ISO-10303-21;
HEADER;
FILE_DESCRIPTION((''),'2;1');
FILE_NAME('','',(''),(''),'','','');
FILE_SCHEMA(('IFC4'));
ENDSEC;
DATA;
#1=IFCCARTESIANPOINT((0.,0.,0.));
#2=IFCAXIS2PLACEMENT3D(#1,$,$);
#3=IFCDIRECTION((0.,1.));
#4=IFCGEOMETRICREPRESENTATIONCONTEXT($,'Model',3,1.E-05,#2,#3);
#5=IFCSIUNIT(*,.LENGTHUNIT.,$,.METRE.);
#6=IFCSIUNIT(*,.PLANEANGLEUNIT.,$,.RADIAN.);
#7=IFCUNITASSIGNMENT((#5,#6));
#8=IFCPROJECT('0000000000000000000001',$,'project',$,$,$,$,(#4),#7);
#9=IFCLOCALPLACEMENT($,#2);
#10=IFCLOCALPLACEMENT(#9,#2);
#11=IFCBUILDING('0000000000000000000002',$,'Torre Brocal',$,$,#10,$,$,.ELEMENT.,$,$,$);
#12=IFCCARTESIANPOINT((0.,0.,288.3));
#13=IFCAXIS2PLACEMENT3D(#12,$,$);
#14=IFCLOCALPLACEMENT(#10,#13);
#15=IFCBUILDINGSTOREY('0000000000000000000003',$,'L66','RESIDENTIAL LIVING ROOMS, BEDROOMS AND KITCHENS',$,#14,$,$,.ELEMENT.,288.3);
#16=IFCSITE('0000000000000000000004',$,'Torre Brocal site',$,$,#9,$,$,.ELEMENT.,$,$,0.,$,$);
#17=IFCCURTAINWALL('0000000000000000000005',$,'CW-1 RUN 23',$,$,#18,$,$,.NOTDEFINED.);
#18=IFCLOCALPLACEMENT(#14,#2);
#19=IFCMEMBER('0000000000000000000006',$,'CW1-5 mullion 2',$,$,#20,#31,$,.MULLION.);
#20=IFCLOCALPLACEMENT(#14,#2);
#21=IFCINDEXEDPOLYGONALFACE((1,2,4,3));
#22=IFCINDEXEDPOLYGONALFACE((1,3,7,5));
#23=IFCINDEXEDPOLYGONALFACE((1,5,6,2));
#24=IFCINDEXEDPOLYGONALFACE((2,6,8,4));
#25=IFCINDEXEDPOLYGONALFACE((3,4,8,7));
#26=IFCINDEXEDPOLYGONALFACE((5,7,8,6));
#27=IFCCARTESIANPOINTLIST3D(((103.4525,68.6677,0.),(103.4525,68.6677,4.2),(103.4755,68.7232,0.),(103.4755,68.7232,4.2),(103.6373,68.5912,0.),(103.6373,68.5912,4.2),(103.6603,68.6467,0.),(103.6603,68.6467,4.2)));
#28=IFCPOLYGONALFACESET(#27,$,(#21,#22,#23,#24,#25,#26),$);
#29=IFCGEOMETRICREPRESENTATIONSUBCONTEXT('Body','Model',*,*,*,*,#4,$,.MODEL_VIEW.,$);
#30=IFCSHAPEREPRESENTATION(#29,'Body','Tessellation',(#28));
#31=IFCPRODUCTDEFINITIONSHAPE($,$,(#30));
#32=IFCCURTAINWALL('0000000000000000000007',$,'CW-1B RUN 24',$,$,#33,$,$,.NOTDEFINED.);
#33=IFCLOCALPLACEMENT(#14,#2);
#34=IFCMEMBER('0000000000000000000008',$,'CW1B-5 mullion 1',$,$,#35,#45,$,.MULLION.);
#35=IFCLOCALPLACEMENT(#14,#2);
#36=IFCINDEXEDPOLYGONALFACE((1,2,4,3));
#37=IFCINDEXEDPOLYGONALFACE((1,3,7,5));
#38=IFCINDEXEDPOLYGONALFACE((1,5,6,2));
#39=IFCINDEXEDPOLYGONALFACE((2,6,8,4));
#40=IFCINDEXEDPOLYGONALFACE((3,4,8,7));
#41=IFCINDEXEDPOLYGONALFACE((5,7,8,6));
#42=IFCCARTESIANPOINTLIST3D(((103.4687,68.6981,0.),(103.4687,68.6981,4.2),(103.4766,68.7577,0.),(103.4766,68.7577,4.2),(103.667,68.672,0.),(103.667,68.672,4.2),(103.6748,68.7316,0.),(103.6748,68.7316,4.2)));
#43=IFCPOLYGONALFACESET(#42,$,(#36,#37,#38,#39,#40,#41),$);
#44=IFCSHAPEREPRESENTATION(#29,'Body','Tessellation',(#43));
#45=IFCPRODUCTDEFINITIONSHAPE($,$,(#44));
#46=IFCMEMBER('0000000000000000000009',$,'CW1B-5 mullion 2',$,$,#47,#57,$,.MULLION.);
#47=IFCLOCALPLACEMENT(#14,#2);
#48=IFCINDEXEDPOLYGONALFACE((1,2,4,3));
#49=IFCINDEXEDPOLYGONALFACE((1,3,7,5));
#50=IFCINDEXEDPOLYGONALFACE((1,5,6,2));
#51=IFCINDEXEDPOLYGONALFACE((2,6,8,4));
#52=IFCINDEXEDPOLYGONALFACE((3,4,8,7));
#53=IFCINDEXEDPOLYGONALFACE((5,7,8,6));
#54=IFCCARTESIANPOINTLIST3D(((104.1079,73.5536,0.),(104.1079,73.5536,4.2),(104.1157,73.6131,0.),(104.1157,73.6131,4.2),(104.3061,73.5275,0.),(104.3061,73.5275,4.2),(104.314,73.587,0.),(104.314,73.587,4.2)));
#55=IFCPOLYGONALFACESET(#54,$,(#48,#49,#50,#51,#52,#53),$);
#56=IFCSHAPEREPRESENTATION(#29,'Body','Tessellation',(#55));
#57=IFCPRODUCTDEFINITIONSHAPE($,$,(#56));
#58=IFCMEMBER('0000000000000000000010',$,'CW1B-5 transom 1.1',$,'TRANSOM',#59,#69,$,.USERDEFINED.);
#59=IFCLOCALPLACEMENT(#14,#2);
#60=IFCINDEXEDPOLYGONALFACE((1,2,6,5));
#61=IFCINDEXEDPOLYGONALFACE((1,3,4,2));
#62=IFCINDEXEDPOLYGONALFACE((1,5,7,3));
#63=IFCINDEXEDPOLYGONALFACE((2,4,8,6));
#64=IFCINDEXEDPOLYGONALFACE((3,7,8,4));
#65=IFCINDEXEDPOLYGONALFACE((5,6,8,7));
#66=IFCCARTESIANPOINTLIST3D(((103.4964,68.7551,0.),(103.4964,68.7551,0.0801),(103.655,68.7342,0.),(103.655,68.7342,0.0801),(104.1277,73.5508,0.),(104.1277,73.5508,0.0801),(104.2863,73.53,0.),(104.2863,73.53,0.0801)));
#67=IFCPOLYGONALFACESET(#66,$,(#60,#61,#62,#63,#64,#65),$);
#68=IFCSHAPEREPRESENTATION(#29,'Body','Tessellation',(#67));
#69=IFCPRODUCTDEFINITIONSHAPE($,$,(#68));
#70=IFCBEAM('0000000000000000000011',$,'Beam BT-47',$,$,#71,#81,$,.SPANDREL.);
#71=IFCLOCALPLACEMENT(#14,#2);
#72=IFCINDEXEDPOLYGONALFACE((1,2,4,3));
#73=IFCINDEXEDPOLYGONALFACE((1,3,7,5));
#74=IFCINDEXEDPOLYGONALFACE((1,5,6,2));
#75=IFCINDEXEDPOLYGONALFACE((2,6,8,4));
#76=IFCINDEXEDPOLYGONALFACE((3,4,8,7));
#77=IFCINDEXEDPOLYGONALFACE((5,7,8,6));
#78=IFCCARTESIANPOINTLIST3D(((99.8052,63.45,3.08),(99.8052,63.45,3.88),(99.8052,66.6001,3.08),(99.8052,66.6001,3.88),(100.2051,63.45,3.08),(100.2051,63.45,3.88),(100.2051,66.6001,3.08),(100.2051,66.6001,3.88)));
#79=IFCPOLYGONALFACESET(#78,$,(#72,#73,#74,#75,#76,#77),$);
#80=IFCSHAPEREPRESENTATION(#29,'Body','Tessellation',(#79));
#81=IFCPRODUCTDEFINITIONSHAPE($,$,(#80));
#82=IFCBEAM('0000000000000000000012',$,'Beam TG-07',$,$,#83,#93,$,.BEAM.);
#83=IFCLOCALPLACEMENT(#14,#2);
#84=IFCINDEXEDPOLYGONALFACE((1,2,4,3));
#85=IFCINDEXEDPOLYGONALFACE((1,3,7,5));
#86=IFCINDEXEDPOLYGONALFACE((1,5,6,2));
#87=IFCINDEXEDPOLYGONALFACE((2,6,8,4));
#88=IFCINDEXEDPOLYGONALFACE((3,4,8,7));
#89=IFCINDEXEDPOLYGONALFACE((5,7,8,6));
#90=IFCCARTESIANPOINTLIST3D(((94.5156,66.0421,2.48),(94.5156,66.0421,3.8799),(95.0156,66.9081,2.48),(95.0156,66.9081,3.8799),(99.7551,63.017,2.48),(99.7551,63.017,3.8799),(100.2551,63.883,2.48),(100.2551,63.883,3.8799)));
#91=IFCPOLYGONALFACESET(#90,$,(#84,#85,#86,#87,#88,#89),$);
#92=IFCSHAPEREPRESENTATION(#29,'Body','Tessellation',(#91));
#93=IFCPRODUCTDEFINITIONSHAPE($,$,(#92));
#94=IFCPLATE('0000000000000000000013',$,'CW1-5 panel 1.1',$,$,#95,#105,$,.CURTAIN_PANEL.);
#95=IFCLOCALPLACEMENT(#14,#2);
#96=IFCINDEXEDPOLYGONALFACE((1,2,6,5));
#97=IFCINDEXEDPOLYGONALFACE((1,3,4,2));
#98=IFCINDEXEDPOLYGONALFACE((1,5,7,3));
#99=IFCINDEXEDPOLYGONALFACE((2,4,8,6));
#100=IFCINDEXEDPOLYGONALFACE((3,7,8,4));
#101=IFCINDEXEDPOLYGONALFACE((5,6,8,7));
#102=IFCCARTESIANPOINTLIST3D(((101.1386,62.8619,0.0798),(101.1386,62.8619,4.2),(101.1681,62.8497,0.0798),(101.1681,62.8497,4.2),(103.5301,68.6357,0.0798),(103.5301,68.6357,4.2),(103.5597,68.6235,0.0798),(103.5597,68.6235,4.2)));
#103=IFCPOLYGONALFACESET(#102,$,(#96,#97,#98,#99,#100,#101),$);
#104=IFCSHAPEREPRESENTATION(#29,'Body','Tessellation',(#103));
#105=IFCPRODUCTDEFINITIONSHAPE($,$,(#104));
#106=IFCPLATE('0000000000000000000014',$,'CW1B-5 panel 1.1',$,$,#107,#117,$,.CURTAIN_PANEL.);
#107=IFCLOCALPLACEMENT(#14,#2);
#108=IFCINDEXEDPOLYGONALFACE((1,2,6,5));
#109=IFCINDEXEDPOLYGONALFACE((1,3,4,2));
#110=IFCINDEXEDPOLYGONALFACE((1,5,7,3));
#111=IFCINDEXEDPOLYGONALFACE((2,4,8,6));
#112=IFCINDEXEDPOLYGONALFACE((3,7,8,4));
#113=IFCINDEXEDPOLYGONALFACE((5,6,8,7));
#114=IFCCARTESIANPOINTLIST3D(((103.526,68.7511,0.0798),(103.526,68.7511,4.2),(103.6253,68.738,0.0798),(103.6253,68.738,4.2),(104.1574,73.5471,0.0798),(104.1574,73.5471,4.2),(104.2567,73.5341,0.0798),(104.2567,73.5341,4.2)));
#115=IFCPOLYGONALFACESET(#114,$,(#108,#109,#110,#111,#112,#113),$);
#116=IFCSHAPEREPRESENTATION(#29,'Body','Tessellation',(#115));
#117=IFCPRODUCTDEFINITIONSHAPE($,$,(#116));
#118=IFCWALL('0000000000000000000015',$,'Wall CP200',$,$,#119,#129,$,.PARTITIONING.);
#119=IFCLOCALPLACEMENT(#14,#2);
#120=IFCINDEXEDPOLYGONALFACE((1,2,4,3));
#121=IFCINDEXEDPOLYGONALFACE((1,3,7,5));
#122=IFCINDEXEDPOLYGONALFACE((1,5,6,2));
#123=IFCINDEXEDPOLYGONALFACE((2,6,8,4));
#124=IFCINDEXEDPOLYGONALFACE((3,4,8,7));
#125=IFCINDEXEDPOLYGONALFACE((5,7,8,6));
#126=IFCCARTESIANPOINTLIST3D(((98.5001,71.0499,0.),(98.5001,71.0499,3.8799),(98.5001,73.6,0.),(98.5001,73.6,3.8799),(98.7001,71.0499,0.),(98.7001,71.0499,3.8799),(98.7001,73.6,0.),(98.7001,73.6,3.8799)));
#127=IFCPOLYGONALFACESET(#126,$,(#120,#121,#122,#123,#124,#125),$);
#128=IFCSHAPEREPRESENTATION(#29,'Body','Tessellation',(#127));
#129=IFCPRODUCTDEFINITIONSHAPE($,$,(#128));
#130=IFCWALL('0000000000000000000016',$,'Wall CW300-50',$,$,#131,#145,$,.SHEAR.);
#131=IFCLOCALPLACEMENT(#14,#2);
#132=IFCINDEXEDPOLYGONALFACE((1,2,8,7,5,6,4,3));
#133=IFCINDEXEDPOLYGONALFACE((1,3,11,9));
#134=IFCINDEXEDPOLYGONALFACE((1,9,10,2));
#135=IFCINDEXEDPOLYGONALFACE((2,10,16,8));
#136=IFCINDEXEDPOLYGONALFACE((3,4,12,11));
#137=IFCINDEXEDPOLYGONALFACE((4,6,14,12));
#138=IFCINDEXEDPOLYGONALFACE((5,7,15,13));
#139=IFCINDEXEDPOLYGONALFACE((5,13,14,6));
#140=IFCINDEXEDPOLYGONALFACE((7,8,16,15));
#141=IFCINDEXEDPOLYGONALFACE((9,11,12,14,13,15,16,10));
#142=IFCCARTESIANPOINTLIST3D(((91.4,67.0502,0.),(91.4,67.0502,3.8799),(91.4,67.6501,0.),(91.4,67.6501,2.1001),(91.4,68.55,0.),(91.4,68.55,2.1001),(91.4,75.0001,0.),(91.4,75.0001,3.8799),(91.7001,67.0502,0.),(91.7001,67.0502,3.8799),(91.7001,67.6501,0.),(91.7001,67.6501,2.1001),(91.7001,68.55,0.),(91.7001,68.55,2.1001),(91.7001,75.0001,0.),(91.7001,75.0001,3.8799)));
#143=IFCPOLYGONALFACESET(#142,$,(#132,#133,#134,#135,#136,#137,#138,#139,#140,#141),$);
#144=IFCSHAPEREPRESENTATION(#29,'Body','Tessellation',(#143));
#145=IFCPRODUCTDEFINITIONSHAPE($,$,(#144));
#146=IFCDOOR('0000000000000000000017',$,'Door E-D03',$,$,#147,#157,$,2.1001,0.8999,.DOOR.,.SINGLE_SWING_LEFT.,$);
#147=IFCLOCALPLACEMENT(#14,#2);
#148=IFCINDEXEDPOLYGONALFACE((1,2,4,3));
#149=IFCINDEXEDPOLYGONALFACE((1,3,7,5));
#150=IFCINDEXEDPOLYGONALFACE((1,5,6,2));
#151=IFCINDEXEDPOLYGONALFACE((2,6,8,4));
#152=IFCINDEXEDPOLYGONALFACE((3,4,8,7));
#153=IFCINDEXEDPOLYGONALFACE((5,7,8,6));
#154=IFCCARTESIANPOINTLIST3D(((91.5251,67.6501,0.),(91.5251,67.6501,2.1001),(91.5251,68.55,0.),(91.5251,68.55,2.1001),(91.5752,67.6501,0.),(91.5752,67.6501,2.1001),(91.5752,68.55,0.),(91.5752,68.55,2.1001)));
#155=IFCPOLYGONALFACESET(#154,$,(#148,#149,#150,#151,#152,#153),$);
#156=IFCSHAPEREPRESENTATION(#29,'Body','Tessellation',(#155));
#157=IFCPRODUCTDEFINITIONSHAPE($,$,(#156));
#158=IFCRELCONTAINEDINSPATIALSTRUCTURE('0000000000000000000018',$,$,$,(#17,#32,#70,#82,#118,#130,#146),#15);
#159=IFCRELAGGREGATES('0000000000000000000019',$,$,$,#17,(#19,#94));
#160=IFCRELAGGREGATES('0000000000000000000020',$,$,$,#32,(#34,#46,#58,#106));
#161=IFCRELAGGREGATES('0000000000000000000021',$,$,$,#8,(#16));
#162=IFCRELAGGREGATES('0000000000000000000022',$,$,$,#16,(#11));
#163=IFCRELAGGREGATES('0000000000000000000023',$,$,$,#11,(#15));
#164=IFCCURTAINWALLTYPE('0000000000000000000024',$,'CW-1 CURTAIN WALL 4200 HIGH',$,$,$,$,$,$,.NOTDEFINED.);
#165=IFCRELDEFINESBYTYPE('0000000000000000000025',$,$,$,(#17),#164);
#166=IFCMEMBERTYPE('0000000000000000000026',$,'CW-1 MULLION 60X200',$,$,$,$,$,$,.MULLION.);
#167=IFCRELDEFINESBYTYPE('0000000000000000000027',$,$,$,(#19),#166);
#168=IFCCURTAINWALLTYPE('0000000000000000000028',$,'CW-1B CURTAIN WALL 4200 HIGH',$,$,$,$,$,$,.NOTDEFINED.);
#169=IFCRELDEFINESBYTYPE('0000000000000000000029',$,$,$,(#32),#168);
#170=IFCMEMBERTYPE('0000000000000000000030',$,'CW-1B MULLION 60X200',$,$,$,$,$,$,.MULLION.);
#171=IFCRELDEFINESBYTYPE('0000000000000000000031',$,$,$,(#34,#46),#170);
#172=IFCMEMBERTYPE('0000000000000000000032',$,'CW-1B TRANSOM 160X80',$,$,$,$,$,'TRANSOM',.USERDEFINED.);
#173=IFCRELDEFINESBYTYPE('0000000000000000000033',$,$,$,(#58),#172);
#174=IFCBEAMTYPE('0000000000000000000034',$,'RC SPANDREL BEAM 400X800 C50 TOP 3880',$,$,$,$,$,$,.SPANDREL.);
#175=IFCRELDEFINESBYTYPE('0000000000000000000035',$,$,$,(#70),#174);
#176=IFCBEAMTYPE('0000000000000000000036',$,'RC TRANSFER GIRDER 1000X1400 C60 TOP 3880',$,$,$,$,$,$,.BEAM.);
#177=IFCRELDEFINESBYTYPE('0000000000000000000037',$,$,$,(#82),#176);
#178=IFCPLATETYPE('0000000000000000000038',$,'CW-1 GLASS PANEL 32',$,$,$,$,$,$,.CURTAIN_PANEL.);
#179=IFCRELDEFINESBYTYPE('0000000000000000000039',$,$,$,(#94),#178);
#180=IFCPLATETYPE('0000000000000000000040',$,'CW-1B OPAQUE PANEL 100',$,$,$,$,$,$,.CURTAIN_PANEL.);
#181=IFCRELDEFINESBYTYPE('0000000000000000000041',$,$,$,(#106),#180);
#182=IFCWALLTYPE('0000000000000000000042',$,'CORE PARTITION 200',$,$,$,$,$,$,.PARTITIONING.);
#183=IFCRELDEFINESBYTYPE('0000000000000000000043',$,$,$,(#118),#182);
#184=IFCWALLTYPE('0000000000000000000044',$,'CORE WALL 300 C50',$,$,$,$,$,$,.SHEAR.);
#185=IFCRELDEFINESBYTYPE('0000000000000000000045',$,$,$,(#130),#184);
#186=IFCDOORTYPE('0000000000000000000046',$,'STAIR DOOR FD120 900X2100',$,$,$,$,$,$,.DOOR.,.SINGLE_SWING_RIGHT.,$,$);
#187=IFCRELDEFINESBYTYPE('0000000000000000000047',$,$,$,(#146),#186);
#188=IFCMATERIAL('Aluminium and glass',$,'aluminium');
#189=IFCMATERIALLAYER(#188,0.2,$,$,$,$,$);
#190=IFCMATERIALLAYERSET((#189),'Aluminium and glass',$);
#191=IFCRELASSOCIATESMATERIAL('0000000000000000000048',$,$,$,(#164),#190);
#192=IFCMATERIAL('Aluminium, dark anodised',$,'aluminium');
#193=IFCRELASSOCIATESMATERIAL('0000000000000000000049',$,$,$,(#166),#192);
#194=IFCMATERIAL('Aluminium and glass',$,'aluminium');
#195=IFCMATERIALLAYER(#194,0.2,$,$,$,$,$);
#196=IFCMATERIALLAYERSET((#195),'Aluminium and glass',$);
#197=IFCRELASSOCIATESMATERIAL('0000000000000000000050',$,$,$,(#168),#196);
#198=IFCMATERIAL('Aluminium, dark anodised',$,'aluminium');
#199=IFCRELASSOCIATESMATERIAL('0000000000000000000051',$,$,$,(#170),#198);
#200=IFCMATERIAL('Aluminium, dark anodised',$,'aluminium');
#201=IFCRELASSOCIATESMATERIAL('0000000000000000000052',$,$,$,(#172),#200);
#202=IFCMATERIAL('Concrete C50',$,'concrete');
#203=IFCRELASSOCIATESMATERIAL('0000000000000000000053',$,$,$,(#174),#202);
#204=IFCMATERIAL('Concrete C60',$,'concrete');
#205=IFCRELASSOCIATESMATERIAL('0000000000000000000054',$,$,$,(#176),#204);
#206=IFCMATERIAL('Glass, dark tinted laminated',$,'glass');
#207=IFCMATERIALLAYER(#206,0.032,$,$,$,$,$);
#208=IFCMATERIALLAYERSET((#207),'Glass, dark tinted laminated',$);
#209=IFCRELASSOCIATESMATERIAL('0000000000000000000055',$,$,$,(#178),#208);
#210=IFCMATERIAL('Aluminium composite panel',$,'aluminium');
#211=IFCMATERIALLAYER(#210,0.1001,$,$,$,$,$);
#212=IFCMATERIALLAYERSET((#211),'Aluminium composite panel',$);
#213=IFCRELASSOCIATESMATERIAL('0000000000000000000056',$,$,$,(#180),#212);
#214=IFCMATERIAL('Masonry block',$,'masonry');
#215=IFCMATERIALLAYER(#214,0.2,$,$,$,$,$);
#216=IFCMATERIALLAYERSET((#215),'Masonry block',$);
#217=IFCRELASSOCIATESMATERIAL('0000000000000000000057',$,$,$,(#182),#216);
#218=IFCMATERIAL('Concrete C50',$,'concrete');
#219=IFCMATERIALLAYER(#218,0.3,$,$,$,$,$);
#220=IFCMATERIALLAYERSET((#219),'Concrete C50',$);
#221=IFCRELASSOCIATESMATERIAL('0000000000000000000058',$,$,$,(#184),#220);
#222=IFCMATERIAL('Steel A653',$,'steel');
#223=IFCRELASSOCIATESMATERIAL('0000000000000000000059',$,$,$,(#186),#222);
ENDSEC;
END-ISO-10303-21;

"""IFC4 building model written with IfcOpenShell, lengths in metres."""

from ifc_helpers import new_model, si_unit, direction, frame, frame_2d, origin, origin_2d, place, context, subcontext, project, spatial, rectangle, extrude, material, layer, layer_set, material_profile, profile_set, type_object, element, fill, aggregate, save


model = new_model("IFC4")

# Units and contexts
model_context = context("Model", 3, precision=1e-05, world=origin(), true_north=direction((0.0, 1.0)))
body_context = subcontext(model_context, "Body", "Model", "MODEL_VIEW")
ifc_project = project(units=[si_unit("LENGTHUNIT", "METRE"), si_unit("PLANEANGLEUNIT", "RADIAN")], contexts=[model_context])

# Site, building, storey
site_placement = place(None, origin())
site = spatial("IfcSite", under=ifc_project, at=site_placement, Name="Torre Brocal site", CompositionType="ELEMENT", RefElevation=0.0)
building_placement = place(site_placement, origin())
building = spatial("IfcBuilding", under=site, at=building_placement, Name="Torre Brocal", CompositionType="ELEMENT")
storey_placement = place(building_placement, frame((0.0, 0.0, 288.3)))
storey = spatial("IfcBuildingStorey", under=building, at=storey_placement, Name="L66", Description="RESIDENTIAL LIVING ROOMS, BEDROOMS AND KITCHENS", CompositionType="ELEMENT", Elevation=288.3)

# Curtain wall, member
ifc_material_1 = material(Name="Aluminium and glass", Category="aluminium")
ifc_layer_1 = layer(ifc_material_1, 0.2)
ifc_layer_set_1 = layer_set([ifc_layer_1], Name="Aluminium and glass")
curtain_wall_type_1 = type_object("IfcCurtainWallType", Name="CW-1 CURTAIN WALL 4200 HIGH", PredefinedType="NOTDEFINED", material=ifc_layer_set_1)
curtain_wall_1_placement = place(storey_placement, origin())
curtain_wall_1 = element("IfcCurtainWall", 1, at=curtain_wall_1_placement, inside=storey, type_object=curtain_wall_type_1, Name="CW-1 RUN 23", PredefinedType="NOTDEFINED")
ifc_material_2 = material(Name="Aluminium, dark anodised", Category="aluminium")
ifc_material_profile_1 = material_profile(ifc_material_2, rectangle(XDim=0.2, YDim=0.0601, at=origin_2d()), Name="CW-1 MULLION 60X200")
ifc_profile_set_1 = profile_set([ifc_material_profile_1], Name="Aluminium, dark anodised")
member_type_1 = type_object("IfcMemberType", Name="CW-1 MULLION 60X200", PredefinedType="MULLION", material=ifc_profile_set_1)
member_1_placement = place(storey_placement, frame((103.5564, 68.6572, 0.0), z_axis=(0.0, 0.0, 1.0), x_axis=(-0.92388, 0.382683, 0.0)))
member_1 = element("IfcMember", 2, at=member_1_placement, type_object=member_type_1, Name="CW1-5 mullion 2", PredefinedType="MULLION", context=body_context, shape_type="SweptSolid", body=[
    extrude(rectangle(XDim=0.2, YDim=0.0601, at=origin_2d()), origin(), (0.0, 0.0, 1.0), 4.2),
])

# Curtain wall, members
ifc_material_3 = material(Name="Aluminium and glass", Category="aluminium")
ifc_layer_2 = layer(ifc_material_3, 0.2)
ifc_layer_set_2 = layer_set([ifc_layer_2], Name="Aluminium and glass")
curtain_wall_type_2 = type_object("IfcCurtainWallType", Name="CW-1B CURTAIN WALL 4200 HIGH", PredefinedType="NOTDEFINED", material=ifc_layer_set_2)
curtain_wall_2_placement = place(storey_placement, origin())
curtain_wall_2 = element("IfcCurtainWall", 3, at=curtain_wall_2_placement, inside=storey, type_object=curtain_wall_type_2, Name="CW-1B RUN 24", PredefinedType="NOTDEFINED")
ifc_material_4 = material(Name="Aluminium, dark anodised", Category="aluminium")
ifc_material_profile_2 = material_profile(ifc_material_4, rectangle(XDim=0.2, YDim=0.0601, at=origin_2d()), Name="CW-1B MULLION 60X200")
ifc_profile_set_2 = profile_set([ifc_material_profile_2], Name="Aluminium, dark anodised")
member_type_2 = type_object("IfcMemberType", Name="CW-1B MULLION 60X200", PredefinedType="MULLION", material=ifc_profile_set_2)
member_2_placement = place(storey_placement, frame((103.5718, 68.7148, 0.0), z_axis=(0.0, 0.0, 1.0), x_axis=(-0.991445, 0.130526, 0.0)))
member_2 = element("IfcMember", 4, at=member_2_placement, type_object=member_type_2, Name="CW1B-5 mullion 1", PredefinedType="MULLION", context=body_context, shape_type="SweptSolid", body=[
    extrude(rectangle(XDim=0.2, YDim=0.0601, at=origin_2d()), origin(), (0.0, 0.0, 1.0), 4.2),
])
member_3_placement = place(storey_placement, frame((104.2109, 73.5703, 0.0), z_axis=(0.0, 0.0, 1.0), x_axis=(-0.991445, 0.130526, 0.0)))
member_3 = element("IfcMember", 5, at=member_3_placement, type_object=member_type_2, Name="CW1B-5 mullion 2", PredefinedType="MULLION", context=body_context, shape_type="SweptSolid", body=[
    extrude(rectangle(XDim=0.2, YDim=0.0601, at=origin_2d()), origin(), (0.0, 0.0, 1.0), 4.2),
])
ifc_material_5 = material(Name="Aluminium, dark anodised", Category="aluminium")
ifc_material_profile_3 = material_profile(ifc_material_5, rectangle(XDim=0.1599, YDim=0.0801, at=origin_2d()), Name="CW-1B TRANSOM 160X80")
ifc_profile_set_3 = profile_set([ifc_material_profile_3], Name="Aluminium, dark anodised")
member_type_3 = type_object("IfcMemberType", Name="CW-1B TRANSOM 160X80", ElementType="TRANSOM", PredefinedType="USERDEFINED", material=ifc_profile_set_3)
member_4_placement = place(storey_placement, frame((103.5757, 68.7446, 0.04), z_axis=(0.130517, 0.991446, 0.0), x_axis=(-0.991446, 0.130517, 0.0)))
member_4 = element("IfcMember", 6, at=member_4_placement, type_object=member_type_3, Name="CW1B-5 transom 1.1", ObjectType="TRANSOM", PredefinedType="USERDEFINED", context=body_context, shape_type="SweptSolid", body=[
    extrude(rectangle(XDim=0.1599, YDim=0.0801, at=origin_2d()), origin(), (0.0, 0.0, 1.0), 4.8372),
])

# Beams
ifc_material_6 = material(Name="Concrete C50", Category="concrete")
ifc_material_profile_4 = material_profile(ifc_material_6, rectangle(XDim=0.3999, YDim=0.8, at=origin_2d()), Name="RC 400X800")
ifc_profile_set_4 = profile_set([ifc_material_profile_4], Name="Concrete C50")
beam_type_1 = type_object("IfcBeamType", Name="RC SPANDREL BEAM 400X800 C50 TOP 3880", PredefinedType="SPANDREL", material=ifc_profile_set_4)
beam_1_placement = place(storey_placement, frame((100.0051, 63.45, 3.48), z_axis=(0.0, 1.0, 0.0), x_axis=(-1.0, 0.0, 0.0)))
element("IfcBeam", 7, at=beam_1_placement, inside=storey, type_object=beam_type_1, Name="Beam BT-47", PredefinedType="SPANDREL", context=body_context, shape_type="SweptSolid", body=[
    extrude(rectangle(XDim=0.3999, YDim=0.8, at=origin_2d()), origin(), (0.0, 0.0, 1.0), 3.1501),
])
ifc_material_7 = material(Name="Concrete C60", Category="concrete")
ifc_material_profile_5 = material_profile(ifc_material_7, rectangle(XDim=1.0, YDim=1.3999, at=origin_2d()), Name="RC 1000X1400")
ifc_profile_set_5 = profile_set([ifc_material_profile_5], Name="Concrete C60")
beam_type_2 = type_object("IfcBeamType", Name="RC TRANSFER GIRDER 1000X1400 C60 TOP 3880", PredefinedType="BEAM", material=ifc_profile_set_5)
beam_2_placement = place(storey_placement, frame((94.7656, 66.4751, 3.1799), z_axis=(0.866017, -0.500015, 0.0), x_axis=(0.500015, 0.866017, 0.0)))
element("IfcBeam", 8, at=beam_2_placement, inside=storey, type_object=beam_type_2, Name="Beam TG-07", PredefinedType="BEAM", context=body_context, shape_type="SweptSolid", body=[
    extrude(rectangle(XDim=1.0, YDim=1.3999, at=origin_2d()), origin(), (0.0, 0.0, 1.0), 6.05),
])

# Plates
ifc_material_8 = material(Name="Glass, dark tinted laminated", Category="glass")
ifc_layer_3 = layer(ifc_material_8, 0.032)
ifc_layer_set_3 = layer_set([ifc_layer_3], Name="Glass, dark tinted laminated")
plate_type_1 = type_object("IfcPlateType", Name="CW-1 GLASS PANEL 32", PredefinedType="CURTAIN_PANEL", material=ifc_layer_set_3)
plate_1_placement = place(storey_placement, frame((102.3491, 65.7427, 0.0798), z_axis=(0.0, 0.0, 1.0), x_axis=(0.382683, 0.92388, 0.0)))
plate_1 = element("IfcPlate", 9, at=plate_1_placement, type_object=plate_type_1, Name="CW1-5 panel 1.1", PredefinedType="CURTAIN_PANEL", context=body_context, shape_type="SweptSolid", body=[
    extrude(rectangle(XDim=6.2495, YDim=0.032, at=origin_2d()), origin(), (0.0, 0.0, 1.0), 4.1201),
])
aggregate(curtain_wall_1, [member_1, plate_1])
ifc_material_9 = material(Name="Aluminium composite panel", Category="aluminium")
ifc_layer_4 = layer(ifc_material_9, 0.1001)
ifc_layer_set_4 = layer_set([ifc_layer_4], Name="Aluminium composite panel")
plate_type_2 = type_object("IfcPlateType", Name="CW-1B OPAQUE PANEL 100", PredefinedType="CURTAIN_PANEL", material=ifc_layer_set_4)
plate_2_placement = place(storey_placement, frame((103.8914, 71.1426, 0.0798), z_axis=(0.0, 0.0, 1.0), x_axis=(0.130526, 0.991445, 0.0)))
plate_2 = element("IfcPlate", 10, at=plate_2_placement, type_object=plate_type_2, Name="CW1B-5 panel 1.1", PredefinedType="CURTAIN_PANEL", context=body_context, shape_type="SweptSolid", body=[
    extrude(rectangle(XDim=4.8374, YDim=0.1001, at=origin_2d()), origin(), (0.0, 0.0, 1.0), 4.1201),
])
aggregate(curtain_wall_2, [member_2, member_3, member_4, plate_2])

# Wall
ifc_material_10 = material(Name="Masonry block", Category="masonry")
ifc_layer_5 = layer(ifc_material_10, 0.2)
ifc_layer_set_5 = layer_set([ifc_layer_5], Name="Masonry block")
wall_type_1 = type_object("IfcWallType", Name="CORE PARTITION 200", PredefinedType="PARTITIONING", material=ifc_layer_set_5)
wall_1_placement = place(storey_placement, frame((98.6001, 71.05, 0.0), z_axis=(0.0, 0.0, 1.0), x_axis=(0.0, 1.0, 0.0)))
element("IfcWall", 11, at=wall_1_placement, inside=storey, type_object=wall_type_1, Name="Wall CP200", PredefinedType="PARTITIONING", context=body_context, shape_type="SweptSolid", body=[
    extrude(rectangle(XDim=2.55, YDim=0.2, at=frame_2d((1.2749, 0.0))), origin(), (0.0, 0.0, 1.0), 3.8799),
])

# Wall, opening, door
ifc_material_11 = material(Name="Concrete C50", Category="concrete")
ifc_layer_6 = layer(ifc_material_11, 0.3)
ifc_layer_set_6 = layer_set([ifc_layer_6], Name="Concrete C50")
wall_type_2 = type_object("IfcWallType", Name="CORE WALL 300 C50", PredefinedType="SHEAR", material=ifc_layer_set_6)
wall_2_placement = place(storey_placement, frame((91.55, 67.05, 0.0), z_axis=(0.0, 0.0, 1.0), x_axis=(0.0, 1.0, 0.0)))
wall_2 = element("IfcWall", 12, at=wall_2_placement, inside=storey, type_object=wall_type_2, Name="Wall CW300-50", PredefinedType="SHEAR", context=body_context, shape_type="SweptSolid", body=[
    extrude(rectangle(XDim=7.95, YDim=0.3, at=frame_2d((3.9751, 0.0))), origin(), (0.0, 0.0, 1.0), 3.8799),
])
opening_1_placement = place(wall_2_placement, frame((0.6001, 0.0, 0.0)))
opening_1 = element("IfcOpeningElement", 13, at=opening_1_placement, cuts=wall_2, PredefinedType="OPENING", context=body_context, shape_type="SweptSolid", body=[
    extrude(rectangle(XDim=0.8999, YDim=2.1001, at=frame_2d((0.45, 1.05))), frame((0.0, 0.1599, 0.0), z_axis=(0.0, -1.0, 0.0), x_axis=(1.0, 0.0, 0.0)), (0.0, 0.0, 1.0), 0.3201),
])
ifc_material_12 = material(Name="Steel A653", Category="steel")
door_type_1 = type_object("IfcDoorType", Name="STAIR DOOR FD120 900X2100", OperationType="SINGLE_SWING_RIGHT", PredefinedType="DOOR", material=ifc_material_12)
door_1_placement = place(opening_1_placement, origin())
door_1 = element("IfcDoor", 14, at=door_1_placement, inside=storey, type_object=door_type_1, Name="Door E-D03", OperationType="SINGLE_SWING_LEFT", OverallHeight=2.1001, OverallWidth=0.8999, PredefinedType="DOOR", context=body_context, shape_type="SweptSolid", body=[
    extrude(rectangle(XDim=0.8999, YDim=2.1001, at=frame_2d((0.45, 1.05))), frame((0.0, 0.0249, 0.0), z_axis=(0.0, -1.0, 0.0), x_axis=(1.0, 0.0, 0.0)), (0.0, 0.0, 1.0), 0.05),
])
fill(opening_1, door_1)

save(model, "model.ifc")
